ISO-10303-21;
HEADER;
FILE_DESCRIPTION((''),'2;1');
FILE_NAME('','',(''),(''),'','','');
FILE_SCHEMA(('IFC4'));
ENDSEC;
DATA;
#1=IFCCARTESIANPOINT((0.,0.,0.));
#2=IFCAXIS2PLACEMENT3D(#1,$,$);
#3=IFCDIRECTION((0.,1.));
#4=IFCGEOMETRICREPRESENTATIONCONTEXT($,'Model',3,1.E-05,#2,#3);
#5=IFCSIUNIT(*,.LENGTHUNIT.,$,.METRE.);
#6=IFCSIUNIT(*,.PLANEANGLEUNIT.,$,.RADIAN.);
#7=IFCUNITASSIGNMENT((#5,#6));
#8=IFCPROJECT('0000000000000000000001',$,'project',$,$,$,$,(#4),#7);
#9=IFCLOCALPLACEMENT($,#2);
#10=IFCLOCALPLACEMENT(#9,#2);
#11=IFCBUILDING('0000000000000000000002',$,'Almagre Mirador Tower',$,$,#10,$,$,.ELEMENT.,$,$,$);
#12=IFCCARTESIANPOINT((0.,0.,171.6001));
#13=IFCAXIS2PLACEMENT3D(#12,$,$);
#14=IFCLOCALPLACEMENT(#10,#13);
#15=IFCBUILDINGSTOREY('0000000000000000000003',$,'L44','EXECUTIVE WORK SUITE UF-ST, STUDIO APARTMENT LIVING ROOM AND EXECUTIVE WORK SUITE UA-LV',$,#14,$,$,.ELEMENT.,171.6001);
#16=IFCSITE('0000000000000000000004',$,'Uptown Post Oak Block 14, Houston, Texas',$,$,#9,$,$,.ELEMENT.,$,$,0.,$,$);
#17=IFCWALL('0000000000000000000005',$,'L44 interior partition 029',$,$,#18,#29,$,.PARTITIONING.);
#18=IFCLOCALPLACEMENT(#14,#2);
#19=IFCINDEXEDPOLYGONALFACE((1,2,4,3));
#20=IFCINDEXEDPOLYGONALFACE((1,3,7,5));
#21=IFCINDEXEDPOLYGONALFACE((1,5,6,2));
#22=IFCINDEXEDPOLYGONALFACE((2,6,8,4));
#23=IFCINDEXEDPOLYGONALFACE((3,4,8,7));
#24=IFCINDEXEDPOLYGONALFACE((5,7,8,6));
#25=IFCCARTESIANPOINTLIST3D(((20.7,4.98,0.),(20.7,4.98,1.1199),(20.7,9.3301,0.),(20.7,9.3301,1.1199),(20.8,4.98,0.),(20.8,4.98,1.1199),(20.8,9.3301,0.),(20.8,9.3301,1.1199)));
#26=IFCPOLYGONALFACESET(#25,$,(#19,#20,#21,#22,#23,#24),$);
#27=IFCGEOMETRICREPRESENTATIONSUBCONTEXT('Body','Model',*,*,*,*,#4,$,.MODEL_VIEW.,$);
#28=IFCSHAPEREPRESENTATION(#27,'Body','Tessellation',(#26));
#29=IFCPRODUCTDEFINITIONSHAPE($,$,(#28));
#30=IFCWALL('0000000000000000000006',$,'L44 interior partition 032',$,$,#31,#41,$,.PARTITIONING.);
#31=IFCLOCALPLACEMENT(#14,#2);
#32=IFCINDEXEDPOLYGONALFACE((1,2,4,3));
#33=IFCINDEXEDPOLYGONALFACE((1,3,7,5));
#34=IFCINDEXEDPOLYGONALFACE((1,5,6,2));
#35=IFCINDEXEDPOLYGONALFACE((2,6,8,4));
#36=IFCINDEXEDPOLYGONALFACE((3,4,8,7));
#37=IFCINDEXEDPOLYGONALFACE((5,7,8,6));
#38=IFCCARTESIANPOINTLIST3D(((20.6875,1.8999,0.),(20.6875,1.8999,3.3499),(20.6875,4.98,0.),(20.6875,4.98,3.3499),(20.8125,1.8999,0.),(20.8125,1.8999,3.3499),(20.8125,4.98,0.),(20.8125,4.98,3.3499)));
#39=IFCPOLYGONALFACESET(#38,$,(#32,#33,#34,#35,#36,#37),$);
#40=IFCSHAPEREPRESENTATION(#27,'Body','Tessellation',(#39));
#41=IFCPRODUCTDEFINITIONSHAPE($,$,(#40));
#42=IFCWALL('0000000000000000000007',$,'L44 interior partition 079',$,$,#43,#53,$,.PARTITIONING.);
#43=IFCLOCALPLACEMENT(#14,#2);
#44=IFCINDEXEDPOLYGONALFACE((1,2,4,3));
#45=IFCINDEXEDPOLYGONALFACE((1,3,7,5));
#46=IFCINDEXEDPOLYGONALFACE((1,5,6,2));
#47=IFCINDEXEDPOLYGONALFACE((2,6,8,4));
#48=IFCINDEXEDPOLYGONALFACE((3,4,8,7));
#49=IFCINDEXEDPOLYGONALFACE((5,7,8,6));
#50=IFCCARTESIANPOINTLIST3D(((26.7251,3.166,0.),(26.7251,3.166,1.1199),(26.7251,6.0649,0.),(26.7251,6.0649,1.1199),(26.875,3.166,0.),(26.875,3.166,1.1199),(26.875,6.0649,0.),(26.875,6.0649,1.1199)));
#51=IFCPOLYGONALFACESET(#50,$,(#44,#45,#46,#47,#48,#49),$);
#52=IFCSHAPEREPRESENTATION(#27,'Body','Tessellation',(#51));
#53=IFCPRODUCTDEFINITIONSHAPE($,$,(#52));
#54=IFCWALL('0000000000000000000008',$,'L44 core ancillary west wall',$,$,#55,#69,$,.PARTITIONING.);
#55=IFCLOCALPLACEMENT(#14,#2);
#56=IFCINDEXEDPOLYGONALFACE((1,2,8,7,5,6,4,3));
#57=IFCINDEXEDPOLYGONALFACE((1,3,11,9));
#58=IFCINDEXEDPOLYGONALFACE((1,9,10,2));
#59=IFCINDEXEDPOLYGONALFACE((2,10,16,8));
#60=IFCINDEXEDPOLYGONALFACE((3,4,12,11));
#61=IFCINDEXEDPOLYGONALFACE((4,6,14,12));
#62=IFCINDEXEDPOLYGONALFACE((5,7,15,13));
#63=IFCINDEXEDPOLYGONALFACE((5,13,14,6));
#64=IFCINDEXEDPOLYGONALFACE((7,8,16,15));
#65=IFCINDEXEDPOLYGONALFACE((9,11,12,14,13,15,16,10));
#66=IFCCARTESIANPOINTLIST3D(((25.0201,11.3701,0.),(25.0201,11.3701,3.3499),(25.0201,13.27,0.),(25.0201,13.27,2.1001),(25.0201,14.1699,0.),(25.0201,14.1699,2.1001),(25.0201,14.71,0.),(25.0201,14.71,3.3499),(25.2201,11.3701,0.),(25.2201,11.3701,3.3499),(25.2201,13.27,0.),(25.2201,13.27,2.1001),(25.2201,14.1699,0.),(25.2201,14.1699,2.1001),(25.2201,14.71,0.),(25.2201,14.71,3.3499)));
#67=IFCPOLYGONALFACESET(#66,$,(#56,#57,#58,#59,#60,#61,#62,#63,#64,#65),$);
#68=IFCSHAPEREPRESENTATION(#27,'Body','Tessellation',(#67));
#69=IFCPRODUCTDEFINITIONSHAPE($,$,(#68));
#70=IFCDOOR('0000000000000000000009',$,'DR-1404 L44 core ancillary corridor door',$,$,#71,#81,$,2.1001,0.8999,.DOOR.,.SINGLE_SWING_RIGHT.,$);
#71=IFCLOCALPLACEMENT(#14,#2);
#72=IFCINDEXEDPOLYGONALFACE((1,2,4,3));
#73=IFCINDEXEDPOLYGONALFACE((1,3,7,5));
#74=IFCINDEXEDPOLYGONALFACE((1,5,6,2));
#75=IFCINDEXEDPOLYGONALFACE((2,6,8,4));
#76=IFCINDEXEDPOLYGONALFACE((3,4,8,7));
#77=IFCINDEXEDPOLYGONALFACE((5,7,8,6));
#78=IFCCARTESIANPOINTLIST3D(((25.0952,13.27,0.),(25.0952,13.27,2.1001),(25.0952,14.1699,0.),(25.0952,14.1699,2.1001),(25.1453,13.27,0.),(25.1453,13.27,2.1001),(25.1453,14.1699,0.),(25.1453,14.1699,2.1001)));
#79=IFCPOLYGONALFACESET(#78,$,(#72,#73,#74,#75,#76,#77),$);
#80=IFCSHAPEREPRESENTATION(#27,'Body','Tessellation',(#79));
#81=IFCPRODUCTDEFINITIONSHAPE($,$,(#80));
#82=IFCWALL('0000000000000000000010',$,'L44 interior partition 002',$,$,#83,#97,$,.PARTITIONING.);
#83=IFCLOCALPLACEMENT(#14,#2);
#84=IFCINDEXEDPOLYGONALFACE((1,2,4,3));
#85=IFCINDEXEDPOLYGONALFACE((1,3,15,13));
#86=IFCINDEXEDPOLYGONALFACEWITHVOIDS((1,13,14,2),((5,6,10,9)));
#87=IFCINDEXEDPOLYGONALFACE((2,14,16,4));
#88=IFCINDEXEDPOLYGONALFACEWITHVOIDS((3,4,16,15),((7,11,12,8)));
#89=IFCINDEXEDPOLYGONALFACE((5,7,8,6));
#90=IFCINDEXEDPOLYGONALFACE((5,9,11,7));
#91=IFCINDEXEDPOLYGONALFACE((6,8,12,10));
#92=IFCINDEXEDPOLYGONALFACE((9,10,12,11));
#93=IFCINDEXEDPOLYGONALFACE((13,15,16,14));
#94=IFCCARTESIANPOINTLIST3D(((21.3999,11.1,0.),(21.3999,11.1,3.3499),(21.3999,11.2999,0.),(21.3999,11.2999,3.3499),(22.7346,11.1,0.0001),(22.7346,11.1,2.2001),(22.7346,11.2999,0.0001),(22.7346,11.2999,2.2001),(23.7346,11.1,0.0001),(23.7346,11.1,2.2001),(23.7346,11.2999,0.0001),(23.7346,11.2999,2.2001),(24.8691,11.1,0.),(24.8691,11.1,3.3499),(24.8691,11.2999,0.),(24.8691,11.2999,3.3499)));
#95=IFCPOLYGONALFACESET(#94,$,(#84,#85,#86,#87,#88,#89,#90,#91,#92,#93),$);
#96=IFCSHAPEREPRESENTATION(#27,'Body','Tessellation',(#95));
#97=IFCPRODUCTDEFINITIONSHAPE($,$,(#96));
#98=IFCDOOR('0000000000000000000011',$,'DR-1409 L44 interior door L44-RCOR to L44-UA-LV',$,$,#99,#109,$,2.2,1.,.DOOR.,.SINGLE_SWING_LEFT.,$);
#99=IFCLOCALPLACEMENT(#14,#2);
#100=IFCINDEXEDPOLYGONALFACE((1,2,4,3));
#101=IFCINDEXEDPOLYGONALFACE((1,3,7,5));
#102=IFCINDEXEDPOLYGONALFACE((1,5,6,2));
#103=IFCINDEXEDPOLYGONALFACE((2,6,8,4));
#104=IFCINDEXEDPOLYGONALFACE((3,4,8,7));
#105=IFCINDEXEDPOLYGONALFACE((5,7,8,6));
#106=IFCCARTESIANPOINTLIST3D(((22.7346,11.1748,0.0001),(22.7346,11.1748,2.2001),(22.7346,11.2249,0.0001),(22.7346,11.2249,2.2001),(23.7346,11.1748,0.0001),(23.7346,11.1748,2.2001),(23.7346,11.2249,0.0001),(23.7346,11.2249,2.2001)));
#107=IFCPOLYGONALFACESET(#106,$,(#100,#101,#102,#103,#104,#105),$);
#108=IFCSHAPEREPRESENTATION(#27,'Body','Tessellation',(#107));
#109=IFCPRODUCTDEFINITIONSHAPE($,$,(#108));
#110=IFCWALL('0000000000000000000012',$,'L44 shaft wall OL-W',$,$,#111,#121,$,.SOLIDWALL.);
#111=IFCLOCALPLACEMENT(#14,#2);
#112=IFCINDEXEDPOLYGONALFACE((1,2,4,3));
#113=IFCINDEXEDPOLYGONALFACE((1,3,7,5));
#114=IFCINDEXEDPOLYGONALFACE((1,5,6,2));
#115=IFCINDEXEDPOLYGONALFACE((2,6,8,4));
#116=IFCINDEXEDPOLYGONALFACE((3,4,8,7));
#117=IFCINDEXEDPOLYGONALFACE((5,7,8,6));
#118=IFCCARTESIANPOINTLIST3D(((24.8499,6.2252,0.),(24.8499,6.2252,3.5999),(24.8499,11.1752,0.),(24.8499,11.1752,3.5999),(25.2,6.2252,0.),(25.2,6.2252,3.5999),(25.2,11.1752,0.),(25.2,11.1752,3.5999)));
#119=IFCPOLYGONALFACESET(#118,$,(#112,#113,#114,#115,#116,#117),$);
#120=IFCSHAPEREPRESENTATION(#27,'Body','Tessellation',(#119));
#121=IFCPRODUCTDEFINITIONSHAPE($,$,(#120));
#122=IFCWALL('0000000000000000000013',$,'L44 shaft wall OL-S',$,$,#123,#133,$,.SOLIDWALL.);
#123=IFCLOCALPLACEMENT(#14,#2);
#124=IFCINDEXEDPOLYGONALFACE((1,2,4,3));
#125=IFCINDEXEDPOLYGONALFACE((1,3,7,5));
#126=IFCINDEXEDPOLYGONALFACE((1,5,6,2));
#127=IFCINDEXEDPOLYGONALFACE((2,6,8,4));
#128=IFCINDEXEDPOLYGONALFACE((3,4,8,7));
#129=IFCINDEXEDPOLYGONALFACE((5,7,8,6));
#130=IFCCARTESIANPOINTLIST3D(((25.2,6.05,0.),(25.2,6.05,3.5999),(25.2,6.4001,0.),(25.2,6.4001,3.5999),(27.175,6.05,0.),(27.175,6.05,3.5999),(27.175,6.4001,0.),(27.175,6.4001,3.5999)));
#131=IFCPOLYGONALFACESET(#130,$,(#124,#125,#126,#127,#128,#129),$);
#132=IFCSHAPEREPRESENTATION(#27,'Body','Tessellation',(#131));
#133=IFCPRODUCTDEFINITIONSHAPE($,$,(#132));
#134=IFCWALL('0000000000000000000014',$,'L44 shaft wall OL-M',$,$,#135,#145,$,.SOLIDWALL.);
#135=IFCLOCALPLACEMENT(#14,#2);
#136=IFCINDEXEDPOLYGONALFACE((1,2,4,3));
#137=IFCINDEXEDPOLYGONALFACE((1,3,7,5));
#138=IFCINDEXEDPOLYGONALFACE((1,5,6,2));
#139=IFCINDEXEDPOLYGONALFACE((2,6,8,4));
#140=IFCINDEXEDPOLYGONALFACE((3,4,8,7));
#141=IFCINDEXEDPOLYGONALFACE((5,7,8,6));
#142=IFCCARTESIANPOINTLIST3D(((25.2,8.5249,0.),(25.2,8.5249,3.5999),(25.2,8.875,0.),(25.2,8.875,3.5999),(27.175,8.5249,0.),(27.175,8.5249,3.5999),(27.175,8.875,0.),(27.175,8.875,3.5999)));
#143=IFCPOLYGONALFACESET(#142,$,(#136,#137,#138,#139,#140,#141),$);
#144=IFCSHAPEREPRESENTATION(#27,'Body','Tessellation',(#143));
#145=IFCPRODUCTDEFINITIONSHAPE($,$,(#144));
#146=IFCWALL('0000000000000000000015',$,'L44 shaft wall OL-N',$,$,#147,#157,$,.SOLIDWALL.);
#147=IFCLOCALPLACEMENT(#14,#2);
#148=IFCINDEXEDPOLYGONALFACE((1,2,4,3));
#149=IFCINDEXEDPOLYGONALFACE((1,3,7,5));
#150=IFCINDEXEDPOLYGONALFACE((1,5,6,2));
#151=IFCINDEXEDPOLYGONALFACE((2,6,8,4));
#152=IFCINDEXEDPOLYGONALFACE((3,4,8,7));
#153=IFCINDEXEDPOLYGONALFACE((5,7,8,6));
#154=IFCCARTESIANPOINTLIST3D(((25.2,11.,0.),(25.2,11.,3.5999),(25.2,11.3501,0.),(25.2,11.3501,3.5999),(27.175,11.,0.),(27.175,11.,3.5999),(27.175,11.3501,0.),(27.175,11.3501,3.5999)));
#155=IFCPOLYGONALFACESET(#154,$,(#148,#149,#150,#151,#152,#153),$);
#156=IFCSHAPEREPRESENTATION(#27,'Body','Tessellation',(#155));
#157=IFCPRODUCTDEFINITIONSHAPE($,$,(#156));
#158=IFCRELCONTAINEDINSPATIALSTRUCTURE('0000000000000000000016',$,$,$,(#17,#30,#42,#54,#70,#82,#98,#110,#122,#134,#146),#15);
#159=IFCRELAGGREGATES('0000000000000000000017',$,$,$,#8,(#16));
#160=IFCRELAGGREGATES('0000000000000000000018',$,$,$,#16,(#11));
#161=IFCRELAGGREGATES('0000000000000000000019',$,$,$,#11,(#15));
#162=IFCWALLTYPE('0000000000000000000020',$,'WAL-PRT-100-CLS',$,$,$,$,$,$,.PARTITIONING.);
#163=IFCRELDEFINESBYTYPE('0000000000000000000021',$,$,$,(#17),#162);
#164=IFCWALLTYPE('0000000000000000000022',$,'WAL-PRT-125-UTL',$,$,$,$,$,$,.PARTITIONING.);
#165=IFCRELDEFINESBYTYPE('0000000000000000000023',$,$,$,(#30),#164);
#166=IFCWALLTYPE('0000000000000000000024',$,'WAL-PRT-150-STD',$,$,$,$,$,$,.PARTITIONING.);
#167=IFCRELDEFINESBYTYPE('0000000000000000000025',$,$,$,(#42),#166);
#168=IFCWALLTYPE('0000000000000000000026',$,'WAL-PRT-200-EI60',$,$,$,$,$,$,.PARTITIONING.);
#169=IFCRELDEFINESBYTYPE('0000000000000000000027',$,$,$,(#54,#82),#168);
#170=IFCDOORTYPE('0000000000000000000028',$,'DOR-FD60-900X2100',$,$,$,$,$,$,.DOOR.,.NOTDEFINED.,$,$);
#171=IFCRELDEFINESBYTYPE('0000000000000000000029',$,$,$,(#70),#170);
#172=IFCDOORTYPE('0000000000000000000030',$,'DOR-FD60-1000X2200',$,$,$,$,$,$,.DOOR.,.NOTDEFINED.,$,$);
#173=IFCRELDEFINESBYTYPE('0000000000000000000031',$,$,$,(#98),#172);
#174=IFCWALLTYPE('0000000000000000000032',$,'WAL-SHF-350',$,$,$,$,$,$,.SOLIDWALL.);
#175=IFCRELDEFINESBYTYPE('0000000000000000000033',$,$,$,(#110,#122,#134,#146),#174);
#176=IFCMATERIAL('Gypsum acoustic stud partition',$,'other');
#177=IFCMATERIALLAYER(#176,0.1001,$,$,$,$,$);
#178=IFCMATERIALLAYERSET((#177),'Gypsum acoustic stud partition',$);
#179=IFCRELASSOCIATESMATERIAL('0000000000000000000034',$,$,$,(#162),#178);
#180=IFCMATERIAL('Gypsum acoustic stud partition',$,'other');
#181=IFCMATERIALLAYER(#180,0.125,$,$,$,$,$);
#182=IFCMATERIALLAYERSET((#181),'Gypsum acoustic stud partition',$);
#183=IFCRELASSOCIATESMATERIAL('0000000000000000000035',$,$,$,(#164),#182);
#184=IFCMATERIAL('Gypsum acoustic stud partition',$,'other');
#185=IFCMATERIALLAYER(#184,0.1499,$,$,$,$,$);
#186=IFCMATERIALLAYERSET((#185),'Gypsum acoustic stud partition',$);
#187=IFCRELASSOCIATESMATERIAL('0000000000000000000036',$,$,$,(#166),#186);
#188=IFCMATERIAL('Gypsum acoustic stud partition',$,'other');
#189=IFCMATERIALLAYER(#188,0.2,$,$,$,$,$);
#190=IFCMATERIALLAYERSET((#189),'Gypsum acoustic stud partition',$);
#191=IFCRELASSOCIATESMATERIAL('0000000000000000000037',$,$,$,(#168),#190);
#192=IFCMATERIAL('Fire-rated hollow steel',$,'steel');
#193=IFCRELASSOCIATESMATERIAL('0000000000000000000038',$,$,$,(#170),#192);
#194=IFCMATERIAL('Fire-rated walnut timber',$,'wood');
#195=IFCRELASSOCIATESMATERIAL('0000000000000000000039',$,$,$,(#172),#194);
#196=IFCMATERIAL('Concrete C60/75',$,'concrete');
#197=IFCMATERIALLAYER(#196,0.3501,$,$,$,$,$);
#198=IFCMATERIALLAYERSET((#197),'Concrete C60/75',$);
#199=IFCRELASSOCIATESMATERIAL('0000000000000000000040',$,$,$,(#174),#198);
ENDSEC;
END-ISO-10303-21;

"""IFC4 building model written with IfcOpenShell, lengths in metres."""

from ifc_helpers import new_model, si_unit, direction, frame, frame_2d, origin, place, context, subcontext, project, spatial, rectangle, extrude, material, layer, layer_set, type_object, element, fill, save


model = new_model("IFC4")

# Units and contexts
model_context = context("Model", 3, precision=1e-05, world=origin(), true_north=direction((0.0, 1.0)))
body_context = subcontext(model_context, "Body", "Model", "MODEL_VIEW")
ifc_project = project(units=[si_unit("LENGTHUNIT", "METRE"), si_unit("PLANEANGLEUNIT", "RADIAN")], contexts=[model_context])

# Site, building, storey
site_placement = place(None, origin())
site = spatial("IfcSite", under=ifc_project, at=site_placement, Name="Uptown Post Oak Block 14, Houston, Texas", CompositionType="ELEMENT", RefElevation=0.0)
building_placement = place(site_placement, origin())
building = spatial("IfcBuilding", under=site, at=building_placement, Name="Almagre Mirador Tower", CompositionType="ELEMENT")
storey_placement = place(building_placement, frame((0.0, 0.0, 171.6001)))
storey = spatial("IfcBuildingStorey", under=building, at=storey_placement, Name="L44", Description="EXECUTIVE WORK SUITE UF-ST, STUDIO APARTMENT LIVING ROOM AND EXECUTIVE WORK SUITE UA-LV", CompositionType="ELEMENT", Elevation=171.6001)

# Walls
ifc_material_1 = material(Name="Gypsum acoustic stud partition", Category="other")
ifc_layer_1 = layer(ifc_material_1, 0.1001)
ifc_layer_set_1 = layer_set([ifc_layer_1], Name="Gypsum acoustic stud partition")
wall_type_1 = type_object("IfcWallType", Name="WAL-PRT-100-CLS", PredefinedType="PARTITIONING", material=ifc_layer_set_1)
wall_1_placement = place(storey_placement, frame((20.75, 9.3301, 0.0), z_axis=(0.0, 0.0, 1.0), x_axis=(0.0, -1.0, 0.0)))
element("IfcWall", 1, at=wall_1_placement, inside=storey, type_object=wall_type_1, Name="L44 interior partition 029", PredefinedType="PARTITIONING", context=body_context, shape_type="SweptSolid", body=[
    extrude(rectangle(XDim=4.3501, YDim=0.1001, at=frame_2d((2.175, 0.0))), origin(), (0.0, 0.0, 1.0), 1.1199),
])
ifc_material_2 = material(Name="Gypsum acoustic stud partition", Category="other")
ifc_layer_2 = layer(ifc_material_2, 0.125)
ifc_layer_set_2 = layer_set([ifc_layer_2], Name="Gypsum acoustic stud partition")
wall_type_2 = type_object("IfcWallType", Name="WAL-PRT-125-UTL", PredefinedType="PARTITIONING", material=ifc_layer_set_2)
wall_2_placement = place(storey_placement, frame((20.75, 4.98, 0.0), z_axis=(0.0, 0.0, 1.0), x_axis=(0.0, -1.0, 0.0)))
element("IfcWall", 2, at=wall_2_placement, inside=storey, type_object=wall_type_2, Name="L44 interior partition 032", PredefinedType="PARTITIONING", context=body_context, shape_type="SweptSolid", body=[
    extrude(rectangle(XDim=3.0801, YDim=0.125, at=frame_2d((1.54, 0.0))), origin(), (0.0, 0.0, 1.0), 3.3499),
])
ifc_material_3 = material(Name="Gypsum acoustic stud partition", Category="other")
ifc_layer_3 = layer(ifc_material_3, 0.1499)
ifc_layer_set_3 = layer_set([ifc_layer_3], Name="Gypsum acoustic stud partition")
wall_type_3 = type_object("IfcWallType", Name="WAL-PRT-150-STD", PredefinedType="PARTITIONING", material=ifc_layer_set_3)
wall_3_placement = place(storey_placement, frame((26.8, 3.166, 0.0), z_axis=(0.0, 0.0, 1.0), x_axis=(0.0, 1.0, 0.0)))
element("IfcWall", 3, at=wall_3_placement, inside=storey, type_object=wall_type_3, Name="L44 interior partition 079", PredefinedType="PARTITIONING", context=body_context, shape_type="SweptSolid", body=[
    extrude(rectangle(XDim=2.8989, YDim=0.1499, at=frame_2d((1.4495, 0.0))), origin(), (0.0, 0.0, 1.0), 1.1199),
])

# Walls, openings, doors
ifc_material_4 = material(Name="Gypsum acoustic stud partition", Category="other")
ifc_layer_4 = layer(ifc_material_4, 0.2)
ifc_layer_set_4 = layer_set([ifc_layer_4], Name="Gypsum acoustic stud partition")
wall_type_4 = type_object("IfcWallType", Name="WAL-PRT-200-EI60", PredefinedType="PARTITIONING", material=ifc_layer_set_4)
wall_4_placement = place(storey_placement, frame((25.1201, 11.3701, 0.0), z_axis=(0.0, 0.0, 1.0), x_axis=(0.0, 1.0, 0.0)))
wall_4 = element("IfcWall", 4, at=wall_4_placement, inside=storey, type_object=wall_type_4, Name="L44 core ancillary west wall", PredefinedType="PARTITIONING", context=body_context, shape_type="SweptSolid", body=[
    extrude(rectangle(XDim=3.3398, YDim=0.2, at=frame_2d((1.6699, 0.0))), origin(), (0.0, 0.0, 1.0), 3.3499),
])
opening_1_placement = place(wall_4_placement, frame((1.8999, 0.0, 0.0)))
opening_1 = element("IfcOpeningElement", 5, at=opening_1_placement, cuts=wall_4, PredefinedType="OPENING", context=body_context, shape_type="SweptSolid", body=[
    extrude(rectangle(XDim=0.8999, YDim=2.1001, at=frame_2d((0.45, 1.05))), frame((0.0, 0.1101, 0.0), z_axis=(0.0, -1.0, 0.0), x_axis=(1.0, 0.0, 0.0)), (0.0, 0.0, 1.0), 0.22),
])
ifc_material_5 = material(Name="Fire-rated hollow steel", Category="steel")
door_type_1 = type_object("IfcDoorType", Name="DOR-FD60-900X2100", OperationType="NOTDEFINED", PredefinedType="DOOR", material=ifc_material_5)
door_1_placement = place(opening_1_placement, origin())
door_1 = element("IfcDoor", 6, at=door_1_placement, inside=storey, type_object=door_type_1, Name="DR-1404 L44 core ancillary corridor door", OperationType="SINGLE_SWING_RIGHT", OverallHeight=2.1001, OverallWidth=0.8999, PredefinedType="DOOR", context=body_context, shape_type="SweptSolid", body=[
    extrude(rectangle(XDim=0.8999, YDim=2.1001, at=frame_2d((0.45, 1.05))), frame((0.0, 0.0249, 0.0), z_axis=(0.0, -1.0, 0.0), x_axis=(1.0, 0.0, 0.0)), (0.0, 0.0, 1.0), 0.05),
])
fill(opening_1, door_1)
wall_5_placement = place(storey_placement, frame((21.3999, 11.2, 0.0), z_axis=(0.0, 0.0, 1.0), x_axis=(1.0, 0.0, 0.0)))
wall_5 = element("IfcWall", 7, at=wall_5_placement, inside=storey, type_object=wall_type_4, Name="L44 interior partition 002", PredefinedType="PARTITIONING", context=body_context, shape_type="SweptSolid", body=[
    extrude(rectangle(XDim=3.4692, YDim=0.2, at=frame_2d((1.7346, 0.0))), origin(), (0.0, 0.0, 1.0), 3.3499),
])
opening_2_placement = place(wall_5_placement, frame((1.3347, 0.0, 0.0)))
opening_2 = element("IfcOpeningElement", 8, at=opening_2_placement, cuts=wall_5, PredefinedType="OPENING", context=body_context, shape_type="SweptSolid", body=[
    extrude(rectangle(XDim=1.0, YDim=2.2, at=frame_2d((0.5, 1.1001))), frame((0.0, 0.1101, 0.0), z_axis=(0.0, -1.0, 0.0), x_axis=(1.0, 0.0, 0.0)), (0.0, 0.0, 1.0), 0.22),
])
ifc_material_6 = material(Name="Fire-rated walnut timber", Category="wood")
door_type_2 = type_object("IfcDoorType", Name="DOR-FD60-1000X2200", OperationType="NOTDEFINED", PredefinedType="DOOR", material=ifc_material_6)
door_2_placement = place(opening_2_placement, origin())
door_2 = element("IfcDoor", 9, at=door_2_placement, inside=storey, type_object=door_type_2, Name="DR-1409 L44 interior door L44-RCOR to L44-UA-LV", OperationType="SINGLE_SWING_LEFT", OverallHeight=2.2, OverallWidth=1.0, PredefinedType="DOOR", context=body_context, shape_type="SweptSolid", body=[
    extrude(rectangle(XDim=1.0, YDim=2.2, at=frame_2d((0.5, 1.1001))), frame((0.0, 0.0249, 0.0), z_axis=(0.0, -1.0, 0.0), x_axis=(1.0, 0.0, 0.0)), (0.0, 0.0, 1.0), 0.05),
])
fill(opening_2, door_2)

# Walls
ifc_material_7 = material(Name="Concrete C60/75", Category="concrete")
ifc_layer_5 = layer(ifc_material_7, 0.3501)
ifc_layer_set_5 = layer_set([ifc_layer_5], Name="Concrete C60/75")
wall_type_5 = type_object("IfcWallType", Name="WAL-SHF-350", PredefinedType="SOLIDWALL", material=ifc_layer_set_5)
wall_6_placement = place(storey_placement, frame((25.0249, 6.2251, 0.0), z_axis=(0.0, 0.0, 1.0), x_axis=(0.0, 1.0, 0.0)))
element("IfcWall", 10, at=wall_6_placement, inside=storey, type_object=wall_type_5, Name="L44 shaft wall OL-W", PredefinedType="SOLIDWALL", context=body_context, shape_type="SweptSolid", body=[
    extrude(rectangle(XDim=4.95, YDim=0.3501, at=frame_2d((2.4751, 0.0))), origin(), (0.0, 0.0, 1.0), 3.5999),
])
for number, where, z_axis, x_axis, name in (
    (11, (25.2, 6.2251, 0.0), (0.0, 0.0, 1.0), (1.0, 0.0, 0.0), "L44 shaft wall OL-S"),
    (12, (25.2, 8.7, 0.0), (0.0, 0.0, 1.0), (1.0, 0.0, 0.0), "L44 shaft wall OL-M"),
    (13, (25.2, 11.175, 0.0), (0.0, 0.0, 1.0), (1.0, 0.0, 0.0), "L44 shaft wall OL-N"),
):
    element("IfcWall", number, at=place(storey_placement, frame(where, z_axis=z_axis, x_axis=x_axis)), inside=storey, type_object=wall_type_5, Name=name, PredefinedType="SOLIDWALL", context=body_context, shape_type="SweptSolid", body=[
        extrude(rectangle(XDim=1.9751, YDim=0.3501, at=frame_2d((0.9875, 0.0))), origin(), (0.0, 0.0, 1.0), 3.5999),
    ])

save(model, "model.ifc")
